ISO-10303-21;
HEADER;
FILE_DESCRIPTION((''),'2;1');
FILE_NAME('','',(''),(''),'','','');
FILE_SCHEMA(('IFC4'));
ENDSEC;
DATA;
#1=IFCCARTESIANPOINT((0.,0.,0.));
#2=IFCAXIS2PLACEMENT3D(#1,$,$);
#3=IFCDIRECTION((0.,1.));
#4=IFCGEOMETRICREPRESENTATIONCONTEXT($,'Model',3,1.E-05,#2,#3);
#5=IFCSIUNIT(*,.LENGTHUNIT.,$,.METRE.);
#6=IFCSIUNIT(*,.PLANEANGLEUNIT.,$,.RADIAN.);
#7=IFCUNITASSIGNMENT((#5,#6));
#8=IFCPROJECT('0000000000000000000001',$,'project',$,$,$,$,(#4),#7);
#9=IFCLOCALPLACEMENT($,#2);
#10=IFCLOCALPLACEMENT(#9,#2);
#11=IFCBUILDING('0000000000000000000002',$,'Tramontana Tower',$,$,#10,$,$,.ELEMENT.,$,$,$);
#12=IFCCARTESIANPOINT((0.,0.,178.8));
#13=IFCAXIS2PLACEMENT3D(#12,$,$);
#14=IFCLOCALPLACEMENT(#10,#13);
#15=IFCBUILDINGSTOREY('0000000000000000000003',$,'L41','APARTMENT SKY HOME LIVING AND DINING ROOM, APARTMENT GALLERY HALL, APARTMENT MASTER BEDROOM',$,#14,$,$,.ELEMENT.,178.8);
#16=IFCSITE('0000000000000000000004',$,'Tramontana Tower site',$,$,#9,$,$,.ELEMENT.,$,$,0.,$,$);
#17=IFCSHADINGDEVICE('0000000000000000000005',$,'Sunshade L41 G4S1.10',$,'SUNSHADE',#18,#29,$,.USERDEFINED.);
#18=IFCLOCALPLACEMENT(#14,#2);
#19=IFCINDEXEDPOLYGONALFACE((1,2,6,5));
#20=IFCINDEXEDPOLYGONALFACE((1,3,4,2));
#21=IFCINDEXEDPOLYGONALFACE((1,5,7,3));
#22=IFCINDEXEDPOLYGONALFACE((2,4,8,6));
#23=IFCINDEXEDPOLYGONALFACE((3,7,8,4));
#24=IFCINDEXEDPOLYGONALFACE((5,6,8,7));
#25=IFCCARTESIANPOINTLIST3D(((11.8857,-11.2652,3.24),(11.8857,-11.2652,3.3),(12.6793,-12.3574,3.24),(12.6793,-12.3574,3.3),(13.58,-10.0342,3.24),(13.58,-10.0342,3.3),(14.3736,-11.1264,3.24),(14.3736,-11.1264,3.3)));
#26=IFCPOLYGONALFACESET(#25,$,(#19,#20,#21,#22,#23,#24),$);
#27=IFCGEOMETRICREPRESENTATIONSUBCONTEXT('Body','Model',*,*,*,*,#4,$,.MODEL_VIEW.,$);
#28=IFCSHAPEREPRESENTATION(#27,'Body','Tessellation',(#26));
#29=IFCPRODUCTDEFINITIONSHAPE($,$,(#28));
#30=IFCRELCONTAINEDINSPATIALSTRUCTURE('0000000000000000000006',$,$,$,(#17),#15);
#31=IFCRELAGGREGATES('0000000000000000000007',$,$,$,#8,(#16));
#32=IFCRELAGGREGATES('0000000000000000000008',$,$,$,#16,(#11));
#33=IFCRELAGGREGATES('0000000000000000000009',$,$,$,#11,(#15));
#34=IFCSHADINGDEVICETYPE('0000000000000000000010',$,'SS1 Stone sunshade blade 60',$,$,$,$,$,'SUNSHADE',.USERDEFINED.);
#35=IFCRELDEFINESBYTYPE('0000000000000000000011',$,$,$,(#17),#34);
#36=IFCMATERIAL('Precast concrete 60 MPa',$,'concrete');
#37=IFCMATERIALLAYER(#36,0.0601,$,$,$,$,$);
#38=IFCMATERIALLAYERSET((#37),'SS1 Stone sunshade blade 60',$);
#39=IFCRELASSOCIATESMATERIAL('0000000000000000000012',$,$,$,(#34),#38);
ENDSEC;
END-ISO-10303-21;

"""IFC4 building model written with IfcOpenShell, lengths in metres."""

from ifc_helpers import new_model, si_unit, direction, frame, origin, origin_2d, place, context, subcontext, project, spatial, rectangle, extrude, material, layer, layer_set, type_object, element, save


model = new_model("IFC4")

# Units and contexts
model_context = context("Model", 3, precision=1e-05, world=origin(), true_north=direction((0.0, 1.0)))
body_context = subcontext(model_context, "Body", "Model", "MODEL_VIEW")
ifc_project = project(units=[si_unit("LENGTHUNIT", "METRE"), si_unit("PLANEANGLEUNIT", "RADIAN")], contexts=[model_context])

# Site, building, storey
site_placement = place(None, origin())
site = spatial("IfcSite", under=ifc_project, at=site_placement, Name="Tramontana Tower site", CompositionType="ELEMENT", RefElevation=0.0)
building_placement = place(site_placement, origin())
building = spatial("IfcBuilding", under=site, at=building_placement, Name="Tramontana Tower", CompositionType="ELEMENT")
storey_placement = place(building_placement, frame((0.0, 0.0, 178.8)))
storey = spatial("IfcBuildingStorey", under=building, at=storey_placement, Name="L41", Description="APARTMENT SKY HOME LIVING AND DINING ROOM, APARTMENT GALLERY HALL, APARTMENT MASTER BEDROOM", CompositionType="ELEMENT", Elevation=178.8)

# Shading device
ifc_material_1 = material(Name="Precast concrete 60 MPa", Category="concrete")
ifc_layer_1 = layer(ifc_material_1, 0.0601)
ifc_layer_set_1 = layer_set([ifc_layer_1], Name="SS1 Stone sunshade blade 60")
shading_device_type = type_object("IfcShadingDeviceType", Name="SS1 Stone sunshade blade 60", ElementType="SUNSHADE", PredefinedType="USERDEFINED", material=ifc_layer_set_1)
shading_device_placement = place(storey_placement, frame((13.1296, -11.1958, 3.24), z_axis=(0.0, 0.0, 1.0), x_axis=(0.809017, 0.587785, 0.0)))
element("IfcShadingDevice", 1, at=shading_device_placement, inside=storey, type_object=shading_device_type, Name="Sunshade L41 G4S1.10", ObjectType="SUNSHADE", PredefinedType="USERDEFINED", context=body_context, shape_type="SweptSolid", body=[
    extrude(rectangle(XDim=2.0942, YDim=1.3501, at=origin_2d()), origin(), (0.0, 0.0, 1.0), 0.0601),
])

save(model, "model.ifc")
